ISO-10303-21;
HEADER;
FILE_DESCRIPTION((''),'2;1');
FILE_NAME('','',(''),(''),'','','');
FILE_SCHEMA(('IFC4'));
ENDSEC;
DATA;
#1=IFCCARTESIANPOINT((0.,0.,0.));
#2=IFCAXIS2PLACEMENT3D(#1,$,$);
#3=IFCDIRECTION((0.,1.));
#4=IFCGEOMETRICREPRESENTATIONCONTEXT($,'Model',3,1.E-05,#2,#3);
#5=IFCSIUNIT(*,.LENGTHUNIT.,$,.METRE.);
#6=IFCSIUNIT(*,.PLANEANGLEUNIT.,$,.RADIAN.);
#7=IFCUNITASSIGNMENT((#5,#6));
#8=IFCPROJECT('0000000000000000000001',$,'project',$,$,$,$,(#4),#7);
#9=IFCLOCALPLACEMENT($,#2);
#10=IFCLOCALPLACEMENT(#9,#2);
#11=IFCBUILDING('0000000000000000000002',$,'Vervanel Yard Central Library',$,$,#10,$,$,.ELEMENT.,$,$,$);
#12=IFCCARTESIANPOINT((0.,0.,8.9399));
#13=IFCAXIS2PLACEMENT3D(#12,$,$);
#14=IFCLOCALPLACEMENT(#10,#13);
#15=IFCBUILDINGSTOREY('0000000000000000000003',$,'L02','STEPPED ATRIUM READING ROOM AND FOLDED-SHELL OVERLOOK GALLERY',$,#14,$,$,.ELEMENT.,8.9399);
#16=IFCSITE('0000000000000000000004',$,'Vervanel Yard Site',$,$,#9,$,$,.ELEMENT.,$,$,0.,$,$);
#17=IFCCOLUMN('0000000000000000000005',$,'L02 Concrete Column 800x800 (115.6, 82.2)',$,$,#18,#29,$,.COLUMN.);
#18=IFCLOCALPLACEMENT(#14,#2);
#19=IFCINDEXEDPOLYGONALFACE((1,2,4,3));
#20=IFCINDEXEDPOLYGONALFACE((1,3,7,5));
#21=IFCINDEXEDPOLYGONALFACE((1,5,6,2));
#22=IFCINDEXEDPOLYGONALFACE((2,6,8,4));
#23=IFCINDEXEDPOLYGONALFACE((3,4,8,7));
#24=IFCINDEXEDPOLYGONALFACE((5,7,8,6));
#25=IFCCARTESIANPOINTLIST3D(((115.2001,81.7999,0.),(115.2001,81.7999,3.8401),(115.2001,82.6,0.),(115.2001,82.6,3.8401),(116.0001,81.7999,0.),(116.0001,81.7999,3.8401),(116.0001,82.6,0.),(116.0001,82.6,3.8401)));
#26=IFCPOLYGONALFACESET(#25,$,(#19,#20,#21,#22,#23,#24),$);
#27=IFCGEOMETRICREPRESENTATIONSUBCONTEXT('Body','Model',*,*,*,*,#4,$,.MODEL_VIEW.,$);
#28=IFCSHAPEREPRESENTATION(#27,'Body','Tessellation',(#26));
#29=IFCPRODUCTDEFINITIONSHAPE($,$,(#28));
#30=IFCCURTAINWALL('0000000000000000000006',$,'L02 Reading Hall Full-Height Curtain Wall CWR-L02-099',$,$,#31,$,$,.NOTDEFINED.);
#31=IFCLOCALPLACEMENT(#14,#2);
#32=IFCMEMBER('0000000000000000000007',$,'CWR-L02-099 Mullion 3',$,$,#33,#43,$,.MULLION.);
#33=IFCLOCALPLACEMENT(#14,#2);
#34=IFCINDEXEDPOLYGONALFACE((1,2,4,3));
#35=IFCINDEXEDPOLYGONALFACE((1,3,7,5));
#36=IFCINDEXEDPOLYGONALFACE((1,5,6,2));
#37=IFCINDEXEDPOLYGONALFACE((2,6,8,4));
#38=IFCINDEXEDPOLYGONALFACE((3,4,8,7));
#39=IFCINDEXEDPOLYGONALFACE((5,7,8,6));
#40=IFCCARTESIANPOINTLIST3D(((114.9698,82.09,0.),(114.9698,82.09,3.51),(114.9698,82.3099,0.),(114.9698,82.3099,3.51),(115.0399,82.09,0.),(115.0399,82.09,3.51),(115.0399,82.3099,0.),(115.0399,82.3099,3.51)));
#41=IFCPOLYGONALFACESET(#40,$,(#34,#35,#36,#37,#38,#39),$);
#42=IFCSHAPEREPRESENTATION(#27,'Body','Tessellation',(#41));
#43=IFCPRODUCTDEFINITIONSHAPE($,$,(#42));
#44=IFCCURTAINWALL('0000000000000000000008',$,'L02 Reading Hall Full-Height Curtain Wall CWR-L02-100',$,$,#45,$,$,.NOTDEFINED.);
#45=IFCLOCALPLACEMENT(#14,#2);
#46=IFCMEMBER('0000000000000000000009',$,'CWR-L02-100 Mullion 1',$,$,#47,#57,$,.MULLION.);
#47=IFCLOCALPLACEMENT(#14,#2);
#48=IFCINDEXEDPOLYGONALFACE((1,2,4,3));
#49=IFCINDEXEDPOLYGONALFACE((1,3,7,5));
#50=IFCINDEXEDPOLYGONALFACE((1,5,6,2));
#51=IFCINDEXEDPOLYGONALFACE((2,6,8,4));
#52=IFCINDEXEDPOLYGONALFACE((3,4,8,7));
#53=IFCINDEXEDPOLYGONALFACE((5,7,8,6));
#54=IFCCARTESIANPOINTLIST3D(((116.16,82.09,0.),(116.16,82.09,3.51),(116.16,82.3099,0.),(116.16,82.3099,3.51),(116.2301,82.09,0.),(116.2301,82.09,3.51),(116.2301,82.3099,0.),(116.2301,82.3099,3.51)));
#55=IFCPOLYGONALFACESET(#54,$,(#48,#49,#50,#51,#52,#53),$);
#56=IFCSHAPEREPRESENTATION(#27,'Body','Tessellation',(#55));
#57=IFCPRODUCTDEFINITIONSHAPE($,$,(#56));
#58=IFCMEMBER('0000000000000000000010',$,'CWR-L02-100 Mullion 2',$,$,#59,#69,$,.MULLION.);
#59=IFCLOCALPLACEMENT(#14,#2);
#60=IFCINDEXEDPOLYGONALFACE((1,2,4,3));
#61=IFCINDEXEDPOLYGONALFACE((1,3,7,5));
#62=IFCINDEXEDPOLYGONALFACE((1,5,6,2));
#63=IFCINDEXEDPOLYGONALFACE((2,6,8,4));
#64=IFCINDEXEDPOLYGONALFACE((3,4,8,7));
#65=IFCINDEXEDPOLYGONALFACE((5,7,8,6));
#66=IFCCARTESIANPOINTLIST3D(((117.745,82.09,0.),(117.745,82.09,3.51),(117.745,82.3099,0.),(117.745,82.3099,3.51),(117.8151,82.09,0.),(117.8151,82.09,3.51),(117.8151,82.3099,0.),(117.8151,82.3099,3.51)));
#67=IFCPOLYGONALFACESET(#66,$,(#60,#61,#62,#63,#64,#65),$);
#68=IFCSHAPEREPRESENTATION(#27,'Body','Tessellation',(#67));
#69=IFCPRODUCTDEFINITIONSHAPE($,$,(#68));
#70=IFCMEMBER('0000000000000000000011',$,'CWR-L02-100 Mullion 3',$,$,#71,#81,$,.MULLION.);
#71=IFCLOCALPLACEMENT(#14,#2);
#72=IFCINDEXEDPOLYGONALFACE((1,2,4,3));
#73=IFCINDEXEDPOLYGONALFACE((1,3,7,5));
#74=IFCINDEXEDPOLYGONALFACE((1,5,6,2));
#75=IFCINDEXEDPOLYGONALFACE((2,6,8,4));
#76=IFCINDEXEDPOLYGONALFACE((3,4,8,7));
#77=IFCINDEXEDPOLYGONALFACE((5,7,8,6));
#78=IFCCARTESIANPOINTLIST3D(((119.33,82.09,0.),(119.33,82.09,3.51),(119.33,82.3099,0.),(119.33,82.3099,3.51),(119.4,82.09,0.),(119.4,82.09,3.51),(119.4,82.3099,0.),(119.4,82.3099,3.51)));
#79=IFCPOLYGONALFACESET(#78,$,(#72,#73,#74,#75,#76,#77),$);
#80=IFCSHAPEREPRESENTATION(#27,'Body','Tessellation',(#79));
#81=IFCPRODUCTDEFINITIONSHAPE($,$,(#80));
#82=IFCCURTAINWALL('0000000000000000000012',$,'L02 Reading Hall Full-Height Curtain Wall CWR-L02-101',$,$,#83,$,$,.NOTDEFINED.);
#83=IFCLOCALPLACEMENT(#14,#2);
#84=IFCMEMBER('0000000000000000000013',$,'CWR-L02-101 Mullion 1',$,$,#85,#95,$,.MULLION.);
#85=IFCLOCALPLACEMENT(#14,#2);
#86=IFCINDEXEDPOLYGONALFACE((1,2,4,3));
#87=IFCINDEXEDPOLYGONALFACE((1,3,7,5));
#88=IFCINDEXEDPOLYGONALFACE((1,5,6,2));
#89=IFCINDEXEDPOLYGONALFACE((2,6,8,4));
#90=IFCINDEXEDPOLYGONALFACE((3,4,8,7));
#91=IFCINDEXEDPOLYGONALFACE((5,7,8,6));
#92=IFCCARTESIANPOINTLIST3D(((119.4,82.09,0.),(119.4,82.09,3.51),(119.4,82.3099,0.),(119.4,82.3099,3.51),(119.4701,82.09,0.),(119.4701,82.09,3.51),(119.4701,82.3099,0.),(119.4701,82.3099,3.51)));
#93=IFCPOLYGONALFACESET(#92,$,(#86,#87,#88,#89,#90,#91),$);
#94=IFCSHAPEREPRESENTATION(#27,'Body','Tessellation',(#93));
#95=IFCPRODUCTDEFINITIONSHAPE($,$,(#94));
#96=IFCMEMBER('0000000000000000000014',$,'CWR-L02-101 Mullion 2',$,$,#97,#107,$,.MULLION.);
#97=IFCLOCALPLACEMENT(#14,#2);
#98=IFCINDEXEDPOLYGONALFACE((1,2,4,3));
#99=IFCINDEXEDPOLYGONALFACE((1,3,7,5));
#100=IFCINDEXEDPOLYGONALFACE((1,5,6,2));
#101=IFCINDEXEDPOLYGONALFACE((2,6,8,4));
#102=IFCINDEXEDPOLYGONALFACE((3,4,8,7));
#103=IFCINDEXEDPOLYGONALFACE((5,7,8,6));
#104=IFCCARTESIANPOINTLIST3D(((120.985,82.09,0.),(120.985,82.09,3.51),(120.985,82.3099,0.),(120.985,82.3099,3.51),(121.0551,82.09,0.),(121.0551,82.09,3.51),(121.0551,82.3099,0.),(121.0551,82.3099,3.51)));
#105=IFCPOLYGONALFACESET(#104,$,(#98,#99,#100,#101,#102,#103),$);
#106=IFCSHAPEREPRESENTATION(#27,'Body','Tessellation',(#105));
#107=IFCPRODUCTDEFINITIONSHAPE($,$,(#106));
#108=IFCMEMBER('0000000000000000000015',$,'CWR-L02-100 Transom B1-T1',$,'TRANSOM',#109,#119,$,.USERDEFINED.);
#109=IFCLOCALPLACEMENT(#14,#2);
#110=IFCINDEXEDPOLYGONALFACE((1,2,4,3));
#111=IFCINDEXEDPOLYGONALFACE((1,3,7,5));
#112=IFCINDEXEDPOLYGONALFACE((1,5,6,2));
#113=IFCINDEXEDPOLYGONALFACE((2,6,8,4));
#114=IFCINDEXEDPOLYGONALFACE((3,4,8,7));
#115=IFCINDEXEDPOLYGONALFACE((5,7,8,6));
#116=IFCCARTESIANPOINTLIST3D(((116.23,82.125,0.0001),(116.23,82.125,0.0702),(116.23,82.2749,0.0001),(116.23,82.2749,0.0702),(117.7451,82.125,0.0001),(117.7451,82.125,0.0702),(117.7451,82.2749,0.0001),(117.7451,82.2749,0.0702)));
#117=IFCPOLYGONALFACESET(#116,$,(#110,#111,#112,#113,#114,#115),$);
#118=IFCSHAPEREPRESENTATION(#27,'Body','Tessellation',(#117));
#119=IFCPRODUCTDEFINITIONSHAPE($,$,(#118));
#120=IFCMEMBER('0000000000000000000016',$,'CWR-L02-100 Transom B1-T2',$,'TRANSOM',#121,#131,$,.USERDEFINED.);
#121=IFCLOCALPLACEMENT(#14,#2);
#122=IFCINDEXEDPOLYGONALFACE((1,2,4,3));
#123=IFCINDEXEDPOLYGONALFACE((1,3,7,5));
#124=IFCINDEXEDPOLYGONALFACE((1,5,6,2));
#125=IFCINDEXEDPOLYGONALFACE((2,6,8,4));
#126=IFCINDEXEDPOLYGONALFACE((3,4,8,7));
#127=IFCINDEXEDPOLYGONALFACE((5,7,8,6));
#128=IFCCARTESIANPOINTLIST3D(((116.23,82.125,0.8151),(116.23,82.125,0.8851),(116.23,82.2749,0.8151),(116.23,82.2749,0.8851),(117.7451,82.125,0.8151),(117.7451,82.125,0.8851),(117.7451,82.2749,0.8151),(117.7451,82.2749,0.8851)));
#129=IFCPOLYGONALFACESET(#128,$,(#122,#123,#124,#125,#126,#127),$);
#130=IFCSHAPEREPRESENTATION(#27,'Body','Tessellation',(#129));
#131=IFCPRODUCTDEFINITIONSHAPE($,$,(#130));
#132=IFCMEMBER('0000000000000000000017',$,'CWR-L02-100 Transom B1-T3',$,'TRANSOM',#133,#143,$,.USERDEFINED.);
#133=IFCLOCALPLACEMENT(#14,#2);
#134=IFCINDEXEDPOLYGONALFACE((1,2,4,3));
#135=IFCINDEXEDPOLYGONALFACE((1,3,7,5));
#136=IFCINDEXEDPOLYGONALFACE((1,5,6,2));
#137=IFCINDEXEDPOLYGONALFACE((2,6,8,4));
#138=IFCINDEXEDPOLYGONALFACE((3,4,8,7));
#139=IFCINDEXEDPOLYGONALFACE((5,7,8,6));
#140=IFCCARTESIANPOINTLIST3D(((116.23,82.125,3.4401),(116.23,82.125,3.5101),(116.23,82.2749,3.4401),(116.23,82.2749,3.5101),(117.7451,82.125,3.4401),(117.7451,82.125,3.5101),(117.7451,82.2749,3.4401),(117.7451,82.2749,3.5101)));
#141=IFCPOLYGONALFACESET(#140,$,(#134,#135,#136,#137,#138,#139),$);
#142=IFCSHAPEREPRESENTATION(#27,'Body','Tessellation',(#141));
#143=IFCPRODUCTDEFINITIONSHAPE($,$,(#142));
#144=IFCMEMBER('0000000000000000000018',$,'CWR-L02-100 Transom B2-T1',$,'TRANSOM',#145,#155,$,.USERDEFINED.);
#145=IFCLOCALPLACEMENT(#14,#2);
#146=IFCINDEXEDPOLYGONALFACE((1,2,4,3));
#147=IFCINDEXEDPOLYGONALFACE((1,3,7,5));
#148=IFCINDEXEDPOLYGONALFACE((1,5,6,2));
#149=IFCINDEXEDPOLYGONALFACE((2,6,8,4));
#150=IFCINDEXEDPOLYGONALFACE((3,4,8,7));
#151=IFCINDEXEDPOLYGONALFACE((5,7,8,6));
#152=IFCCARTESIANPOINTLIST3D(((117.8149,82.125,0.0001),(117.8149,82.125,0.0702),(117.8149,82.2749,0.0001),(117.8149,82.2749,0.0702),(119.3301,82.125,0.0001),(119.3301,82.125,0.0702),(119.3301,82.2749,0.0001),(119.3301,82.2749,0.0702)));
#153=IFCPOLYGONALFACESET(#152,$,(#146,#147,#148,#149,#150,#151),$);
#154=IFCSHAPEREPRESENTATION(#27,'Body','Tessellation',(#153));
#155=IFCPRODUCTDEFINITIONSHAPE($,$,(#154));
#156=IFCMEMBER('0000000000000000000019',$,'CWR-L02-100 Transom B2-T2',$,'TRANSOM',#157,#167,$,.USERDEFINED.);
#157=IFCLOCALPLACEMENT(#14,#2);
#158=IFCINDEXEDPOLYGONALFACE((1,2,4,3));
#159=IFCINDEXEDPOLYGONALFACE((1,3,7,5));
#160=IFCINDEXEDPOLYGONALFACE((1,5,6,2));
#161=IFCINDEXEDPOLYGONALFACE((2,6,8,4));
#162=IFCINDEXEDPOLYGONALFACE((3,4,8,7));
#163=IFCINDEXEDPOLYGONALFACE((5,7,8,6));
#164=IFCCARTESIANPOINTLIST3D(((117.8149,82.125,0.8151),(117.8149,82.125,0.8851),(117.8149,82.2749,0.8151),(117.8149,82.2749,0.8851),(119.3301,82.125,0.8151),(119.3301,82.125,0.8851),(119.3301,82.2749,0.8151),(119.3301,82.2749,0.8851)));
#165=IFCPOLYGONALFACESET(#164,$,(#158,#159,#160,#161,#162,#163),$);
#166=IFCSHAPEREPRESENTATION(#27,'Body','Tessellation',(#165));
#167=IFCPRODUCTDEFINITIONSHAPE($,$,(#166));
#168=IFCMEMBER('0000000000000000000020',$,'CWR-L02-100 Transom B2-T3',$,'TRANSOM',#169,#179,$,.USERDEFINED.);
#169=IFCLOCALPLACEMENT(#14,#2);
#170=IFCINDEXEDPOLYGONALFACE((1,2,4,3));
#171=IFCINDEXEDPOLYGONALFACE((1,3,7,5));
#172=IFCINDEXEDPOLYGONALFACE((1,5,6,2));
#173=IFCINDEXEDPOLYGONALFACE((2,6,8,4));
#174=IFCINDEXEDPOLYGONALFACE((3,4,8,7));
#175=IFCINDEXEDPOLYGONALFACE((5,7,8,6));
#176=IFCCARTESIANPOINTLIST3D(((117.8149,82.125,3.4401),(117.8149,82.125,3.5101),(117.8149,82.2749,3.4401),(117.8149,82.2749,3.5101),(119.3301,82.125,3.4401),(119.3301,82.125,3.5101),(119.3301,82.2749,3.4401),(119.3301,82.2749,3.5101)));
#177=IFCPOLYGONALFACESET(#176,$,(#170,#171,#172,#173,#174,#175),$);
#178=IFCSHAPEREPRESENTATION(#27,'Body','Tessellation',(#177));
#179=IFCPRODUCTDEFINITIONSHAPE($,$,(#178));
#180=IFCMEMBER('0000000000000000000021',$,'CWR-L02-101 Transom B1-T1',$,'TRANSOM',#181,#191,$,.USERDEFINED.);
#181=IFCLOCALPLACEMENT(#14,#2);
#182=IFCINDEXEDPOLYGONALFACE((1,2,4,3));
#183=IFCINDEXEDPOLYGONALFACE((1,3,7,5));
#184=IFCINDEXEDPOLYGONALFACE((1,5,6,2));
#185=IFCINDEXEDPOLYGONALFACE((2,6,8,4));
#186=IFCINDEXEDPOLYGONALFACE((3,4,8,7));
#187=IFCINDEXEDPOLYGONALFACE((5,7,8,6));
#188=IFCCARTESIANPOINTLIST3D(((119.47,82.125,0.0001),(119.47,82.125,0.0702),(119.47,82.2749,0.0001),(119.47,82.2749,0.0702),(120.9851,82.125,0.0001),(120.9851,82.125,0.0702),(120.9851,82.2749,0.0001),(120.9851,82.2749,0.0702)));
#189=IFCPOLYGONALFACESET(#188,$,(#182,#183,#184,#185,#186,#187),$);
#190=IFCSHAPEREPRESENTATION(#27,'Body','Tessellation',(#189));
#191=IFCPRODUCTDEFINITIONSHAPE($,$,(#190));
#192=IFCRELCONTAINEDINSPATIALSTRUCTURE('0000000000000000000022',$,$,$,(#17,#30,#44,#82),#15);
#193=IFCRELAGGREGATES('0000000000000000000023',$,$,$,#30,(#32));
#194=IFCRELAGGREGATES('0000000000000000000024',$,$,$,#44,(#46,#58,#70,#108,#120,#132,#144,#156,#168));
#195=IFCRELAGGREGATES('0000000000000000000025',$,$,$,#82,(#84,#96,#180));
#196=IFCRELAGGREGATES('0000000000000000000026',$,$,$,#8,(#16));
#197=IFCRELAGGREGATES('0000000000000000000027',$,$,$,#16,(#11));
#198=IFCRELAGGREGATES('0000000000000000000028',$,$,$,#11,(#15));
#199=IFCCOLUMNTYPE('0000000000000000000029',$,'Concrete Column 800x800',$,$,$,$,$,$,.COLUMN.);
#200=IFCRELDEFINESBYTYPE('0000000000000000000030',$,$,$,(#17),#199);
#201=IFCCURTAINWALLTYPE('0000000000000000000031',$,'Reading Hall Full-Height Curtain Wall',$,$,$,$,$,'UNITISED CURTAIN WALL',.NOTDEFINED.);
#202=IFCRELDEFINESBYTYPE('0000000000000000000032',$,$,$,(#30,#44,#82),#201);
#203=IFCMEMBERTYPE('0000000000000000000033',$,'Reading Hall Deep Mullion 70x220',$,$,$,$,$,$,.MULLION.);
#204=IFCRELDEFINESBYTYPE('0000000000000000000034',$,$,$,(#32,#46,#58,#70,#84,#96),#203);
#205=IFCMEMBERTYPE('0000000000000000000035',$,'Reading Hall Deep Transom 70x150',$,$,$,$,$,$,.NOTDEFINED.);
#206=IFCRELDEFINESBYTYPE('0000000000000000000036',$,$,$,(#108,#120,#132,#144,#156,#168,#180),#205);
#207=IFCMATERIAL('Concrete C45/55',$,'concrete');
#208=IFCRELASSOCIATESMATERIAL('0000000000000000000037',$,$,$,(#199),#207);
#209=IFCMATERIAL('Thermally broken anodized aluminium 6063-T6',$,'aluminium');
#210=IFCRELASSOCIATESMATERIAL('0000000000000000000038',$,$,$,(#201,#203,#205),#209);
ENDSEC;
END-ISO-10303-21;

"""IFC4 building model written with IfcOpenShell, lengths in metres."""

from ifc_helpers import new_model, si_unit, direction, frame, origin, origin_2d, place, context, subcontext, project, spatial, rectangle, extrude, material, material_profile, profile_set, type_object, element, aggregate, save


model = new_model("IFC4")

# Units and contexts
model_context = context("Model", 3, precision=1e-05, world=origin(), true_north=direction((0.0, 1.0)))
body_context = subcontext(model_context, "Body", "Model", "MODEL_VIEW")
ifc_project = project(units=[si_unit("LENGTHUNIT", "METRE"), si_unit("PLANEANGLEUNIT", "RADIAN")], contexts=[model_context])

# Site, building, storey
site_placement = place(None, origin())
site = spatial("IfcSite", under=ifc_project, at=site_placement, Name="Vervanel Yard Site", CompositionType="ELEMENT", RefElevation=0.0)
building_placement = place(site_placement, origin())
building = spatial("IfcBuilding", under=site, at=building_placement, Name="Vervanel Yard Central Library", CompositionType="ELEMENT")
storey_placement = place(building_placement, frame((0.0, 0.0, 8.9399)))
storey = spatial("IfcBuildingStorey", under=building, at=storey_placement, Name="L02", Description="STEPPED ATRIUM READING ROOM AND FOLDED-SHELL OVERLOOK GALLERY", CompositionType="ELEMENT", Elevation=8.9399)

# Column
ifc_material_1 = material(Name="Concrete C45/55", Category="concrete")
ifc_material_profile_1 = material_profile(ifc_material_1, rectangle(XDim=0.8, YDim=0.8, at=origin_2d()), Name="RC 800x800", Category="concrete")
ifc_profile_set_1 = profile_set([ifc_material_profile_1], Name="Concrete C45/55")
column_type = type_object("IfcColumnType", Name="Concrete Column 800x800", PredefinedType="COLUMN", material=ifc_profile_set_1)
column_placement = place(storey_placement, frame((115.6001, 82.2, 0.0), z_axis=(0.0, 0.0, 1.0), x_axis=(1.0, 0.0, 0.0)))
element("IfcColumn", 1, at=column_placement, inside=storey, type_object=column_type, Name="L02 Concrete Column 800x800 (115.6, 82.2)", PredefinedType="COLUMN", context=body_context, shape_type="SweptSolid", body=[
    extrude(rectangle(XDim=0.8, YDim=0.8, at=origin_2d()), origin(), (0.0, 0.0, 1.0), 3.8401),
])

# Curtain wall, member
ifc_material_2 = material(Name="Thermally broken anodized aluminium 6063-T6", Category="aluminium")
curtain_wall_type = type_object("IfcCurtainWallType", Name="Reading Hall Full-Height Curtain Wall", ElementType="UNITISED CURTAIN WALL", PredefinedType="NOTDEFINED", material=ifc_material_2)
curtain_wall_1_placement = place(storey_placement, origin())
curtain_wall_1 = element("IfcCurtainWall", 2, at=curtain_wall_1_placement, inside=storey, type_object=curtain_wall_type, Name="L02 Reading Hall Full-Height Curtain Wall CWR-L02-099", PredefinedType="NOTDEFINED")
ifc_material_profile_2 = material_profile(ifc_material_2, rectangle(XDim=0.0701, YDim=0.22, at=origin_2d()), Name="ALU 70x220", Category="aluminium")
ifc_profile_set_2 = profile_set([ifc_material_profile_2], Name="Thermally broken anodized aluminium 6063-T6")
member_type_1 = type_object("IfcMemberType", Name="Reading Hall Deep Mullion 70x220", PredefinedType="MULLION", material=ifc_profile_set_2)
member_1_placement = place(storey_placement, frame((115.0049, 82.2, 0.0), z_axis=(0.0, 0.0, 1.0), x_axis=(1.0, 0.0, 0.0)))
member_1 = element("IfcMember", 3, at=member_1_placement, type_object=member_type_1, Name="CWR-L02-099 Mullion 3", PredefinedType="MULLION", context=body_context, shape_type="SweptSolid", body=[
    extrude(rectangle(XDim=0.0701, YDim=0.22, at=origin_2d()), origin(), (0.0, 0.0, 1.0), 3.51),
])

# Curtain walls, members
curtain_wall_2_placement = place(storey_placement, origin())
curtain_wall_2 = element("IfcCurtainWall", 4, at=curtain_wall_2_placement, inside=storey, type_object=curtain_wall_type, Name="L02 Reading Hall Full-Height Curtain Wall CWR-L02-100", PredefinedType="NOTDEFINED")
member_2_placement = place(storey_placement, frame((116.1951, 82.2, 0.0), z_axis=(0.0, 0.0, 1.0), x_axis=(1.0, 0.0, 0.0)))
member_2 = element("IfcMember", 5, at=member_2_placement, type_object=member_type_1, Name="CWR-L02-100 Mullion 1", PredefinedType="MULLION", context=body_context, shape_type="SweptSolid", body=[
    extrude(rectangle(XDim=0.0701, YDim=0.22, at=origin_2d()), origin(), (0.0, 0.0, 1.0), 3.51),
])
member_3_placement = place(storey_placement, frame((117.78, 82.2, 0.0), z_axis=(0.0, 0.0, 1.0), x_axis=(1.0, 0.0, 0.0)))
member_3 = element("IfcMember", 6, at=member_3_placement, type_object=member_type_1, Name="CWR-L02-100 Mullion 2", PredefinedType="MULLION", context=body_context, shape_type="SweptSolid", body=[
    extrude(rectangle(XDim=0.0701, YDim=0.22, at=origin_2d()), origin(), (0.0, 0.0, 1.0), 3.51),
])
member_4_placement = place(storey_placement, frame((119.365, 82.2, 0.0), z_axis=(0.0, 0.0, 1.0), x_axis=(1.0, 0.0, 0.0)))
member_4 = element("IfcMember", 7, at=member_4_placement, type_object=member_type_1, Name="CWR-L02-100 Mullion 3", PredefinedType="MULLION", context=body_context, shape_type="SweptSolid", body=[
    extrude(rectangle(XDim=0.0701, YDim=0.22, at=origin_2d()), origin(), (0.0, 0.0, 1.0), 3.51),
])
curtain_wall_3_placement = place(storey_placement, origin())
curtain_wall_3 = element("IfcCurtainWall", 8, at=curtain_wall_3_placement, inside=storey, type_object=curtain_wall_type, Name="L02 Reading Hall Full-Height Curtain Wall CWR-L02-101", PredefinedType="NOTDEFINED")
member_5_placement = place(storey_placement, frame((119.4351, 82.2, 0.0), z_axis=(0.0, 0.0, 1.0), x_axis=(1.0, 0.0, 0.0)))
member_5 = element("IfcMember", 9, at=member_5_placement, type_object=member_type_1, Name="CWR-L02-101 Mullion 1", PredefinedType="MULLION", context=body_context, shape_type="SweptSolid", body=[
    extrude(rectangle(XDim=0.0701, YDim=0.22, at=origin_2d()), origin(), (0.0, 0.0, 1.0), 3.51),
])
member_6_placement = place(storey_placement, frame((121.02, 82.2, 0.0), z_axis=(0.0, 0.0, 1.0), x_axis=(1.0, 0.0, 0.0)))
member_6 = element("IfcMember", 10, at=member_6_placement, type_object=member_type_1, Name="CWR-L02-101 Mullion 2", PredefinedType="MULLION", context=body_context, shape_type="SweptSolid", body=[
    extrude(rectangle(XDim=0.0701, YDim=0.22, at=origin_2d()), origin(), (0.0, 0.0, 1.0), 3.51),
])

# Members
ifc_material_profile_3 = material_profile(ifc_material_2, rectangle(XDim=0.0701, YDim=0.1499, at=origin_2d()), Name="ALU 70x150", Category="aluminium")
ifc_profile_set_3 = profile_set([ifc_material_profile_3], Name="Thermally broken anodized aluminium 6063-T6")
member_type_2 = type_object("IfcMemberType", Name="Reading Hall Deep Transom 70x150", PredefinedType="NOTDEFINED", material=ifc_profile_set_3)
member_7_placement = place(storey_placement, frame((116.23, 82.2, 0.0352), z_axis=(1.0, 0.0, 0.0), x_axis=(0.0, 0.0, 1.0)))
member_7 = element("IfcMember", 11, at=member_7_placement, type_object=member_type_2, Name="CWR-L02-100 Transom B1-T1", ObjectType="TRANSOM", PredefinedType="USERDEFINED", context=body_context, shape_type="SweptSolid", body=[
    extrude(rectangle(XDim=0.0701, YDim=0.1499, at=origin_2d()), origin(), (0.0, 0.0, 1.0), 1.5151),
])
member_8_placement = place(storey_placement, frame((116.23, 82.2, 0.8501), z_axis=(1.0, 0.0, 0.0), x_axis=(0.0, 0.0, 1.0)))
member_8 = element("IfcMember", 12, at=member_8_placement, type_object=member_type_2, Name="CWR-L02-100 Transom B1-T2", ObjectType="TRANSOM", PredefinedType="USERDEFINED", context=body_context, shape_type="SweptSolid", body=[
    extrude(rectangle(XDim=0.0701, YDim=0.1499, at=origin_2d()), origin(), (0.0, 0.0, 1.0), 1.5151),
])
member_9_placement = place(storey_placement, frame((116.23, 82.2, 3.4751), z_axis=(1.0, 0.0, 0.0), x_axis=(0.0, 0.0, 1.0)))
member_9 = element("IfcMember", 13, at=member_9_placement, type_object=member_type_2, Name="CWR-L02-100 Transom B1-T3", ObjectType="TRANSOM", PredefinedType="USERDEFINED", context=body_context, shape_type="SweptSolid", body=[
    extrude(rectangle(XDim=0.0701, YDim=0.1499, at=origin_2d()), origin(), (0.0, 0.0, 1.0), 1.5151),
])
member_10_placement = place(storey_placement, frame((117.8149, 82.2, 0.0352), z_axis=(1.0, 0.0, 0.0), x_axis=(0.0, 0.0, 1.0)))
member_10 = element("IfcMember", 14, at=member_10_placement, type_object=member_type_2, Name="CWR-L02-100 Transom B2-T1", ObjectType="TRANSOM", PredefinedType="USERDEFINED", context=body_context, shape_type="SweptSolid", body=[
    extrude(rectangle(XDim=0.0701, YDim=0.1499, at=origin_2d()), origin(), (0.0, 0.0, 1.0), 1.5151),
])
member_11_placement = place(storey_placement, frame((117.8149, 82.2, 0.8501), z_axis=(1.0, 0.0, 0.0), x_axis=(0.0, 0.0, 1.0)))
member_11 = element("IfcMember", 15, at=member_11_placement, type_object=member_type_2, Name="CWR-L02-100 Transom B2-T2", ObjectType="TRANSOM", PredefinedType="USERDEFINED", context=body_context, shape_type="SweptSolid", body=[
    extrude(rectangle(XDim=0.0701, YDim=0.1499, at=origin_2d()), origin(), (0.0, 0.0, 1.0), 1.5151),
])
member_12_placement = place(storey_placement, frame((117.8149, 82.2, 3.4751), z_axis=(1.0, 0.0, 0.0), x_axis=(0.0, 0.0, 1.0)))
member_12 = element("IfcMember", 16, at=member_12_placement, type_object=member_type_2, Name="CWR-L02-100 Transom B2-T3", ObjectType="TRANSOM", PredefinedType="USERDEFINED", context=body_context, shape_type="SweptSolid", body=[
    extrude(rectangle(XDim=0.0701, YDim=0.1499, at=origin_2d()), origin(), (0.0, 0.0, 1.0), 1.5151),
])
member_13_placement = place(storey_placement, frame((119.47, 82.2, 0.0352), z_axis=(1.0, 0.0, 0.0), x_axis=(0.0, 0.0, 1.0)))
member_13 = element("IfcMember", 17, at=member_13_placement, type_object=member_type_2, Name="CWR-L02-101 Transom B1-T1", ObjectType="TRANSOM", PredefinedType="USERDEFINED", context=body_context, shape_type="SweptSolid", body=[
    extrude(rectangle(XDim=0.0701, YDim=0.1499, at=origin_2d()), origin(), (0.0, 0.0, 1.0), 1.5151),
])

aggregate(curtain_wall_1, [member_1])
aggregate(curtain_wall_2, [member_2, member_3, member_4, member_7, member_8, member_9, member_10, member_11, member_12])
aggregate(curtain_wall_3, [member_5, member_6, member_13])

save(model, "model.ifc")
